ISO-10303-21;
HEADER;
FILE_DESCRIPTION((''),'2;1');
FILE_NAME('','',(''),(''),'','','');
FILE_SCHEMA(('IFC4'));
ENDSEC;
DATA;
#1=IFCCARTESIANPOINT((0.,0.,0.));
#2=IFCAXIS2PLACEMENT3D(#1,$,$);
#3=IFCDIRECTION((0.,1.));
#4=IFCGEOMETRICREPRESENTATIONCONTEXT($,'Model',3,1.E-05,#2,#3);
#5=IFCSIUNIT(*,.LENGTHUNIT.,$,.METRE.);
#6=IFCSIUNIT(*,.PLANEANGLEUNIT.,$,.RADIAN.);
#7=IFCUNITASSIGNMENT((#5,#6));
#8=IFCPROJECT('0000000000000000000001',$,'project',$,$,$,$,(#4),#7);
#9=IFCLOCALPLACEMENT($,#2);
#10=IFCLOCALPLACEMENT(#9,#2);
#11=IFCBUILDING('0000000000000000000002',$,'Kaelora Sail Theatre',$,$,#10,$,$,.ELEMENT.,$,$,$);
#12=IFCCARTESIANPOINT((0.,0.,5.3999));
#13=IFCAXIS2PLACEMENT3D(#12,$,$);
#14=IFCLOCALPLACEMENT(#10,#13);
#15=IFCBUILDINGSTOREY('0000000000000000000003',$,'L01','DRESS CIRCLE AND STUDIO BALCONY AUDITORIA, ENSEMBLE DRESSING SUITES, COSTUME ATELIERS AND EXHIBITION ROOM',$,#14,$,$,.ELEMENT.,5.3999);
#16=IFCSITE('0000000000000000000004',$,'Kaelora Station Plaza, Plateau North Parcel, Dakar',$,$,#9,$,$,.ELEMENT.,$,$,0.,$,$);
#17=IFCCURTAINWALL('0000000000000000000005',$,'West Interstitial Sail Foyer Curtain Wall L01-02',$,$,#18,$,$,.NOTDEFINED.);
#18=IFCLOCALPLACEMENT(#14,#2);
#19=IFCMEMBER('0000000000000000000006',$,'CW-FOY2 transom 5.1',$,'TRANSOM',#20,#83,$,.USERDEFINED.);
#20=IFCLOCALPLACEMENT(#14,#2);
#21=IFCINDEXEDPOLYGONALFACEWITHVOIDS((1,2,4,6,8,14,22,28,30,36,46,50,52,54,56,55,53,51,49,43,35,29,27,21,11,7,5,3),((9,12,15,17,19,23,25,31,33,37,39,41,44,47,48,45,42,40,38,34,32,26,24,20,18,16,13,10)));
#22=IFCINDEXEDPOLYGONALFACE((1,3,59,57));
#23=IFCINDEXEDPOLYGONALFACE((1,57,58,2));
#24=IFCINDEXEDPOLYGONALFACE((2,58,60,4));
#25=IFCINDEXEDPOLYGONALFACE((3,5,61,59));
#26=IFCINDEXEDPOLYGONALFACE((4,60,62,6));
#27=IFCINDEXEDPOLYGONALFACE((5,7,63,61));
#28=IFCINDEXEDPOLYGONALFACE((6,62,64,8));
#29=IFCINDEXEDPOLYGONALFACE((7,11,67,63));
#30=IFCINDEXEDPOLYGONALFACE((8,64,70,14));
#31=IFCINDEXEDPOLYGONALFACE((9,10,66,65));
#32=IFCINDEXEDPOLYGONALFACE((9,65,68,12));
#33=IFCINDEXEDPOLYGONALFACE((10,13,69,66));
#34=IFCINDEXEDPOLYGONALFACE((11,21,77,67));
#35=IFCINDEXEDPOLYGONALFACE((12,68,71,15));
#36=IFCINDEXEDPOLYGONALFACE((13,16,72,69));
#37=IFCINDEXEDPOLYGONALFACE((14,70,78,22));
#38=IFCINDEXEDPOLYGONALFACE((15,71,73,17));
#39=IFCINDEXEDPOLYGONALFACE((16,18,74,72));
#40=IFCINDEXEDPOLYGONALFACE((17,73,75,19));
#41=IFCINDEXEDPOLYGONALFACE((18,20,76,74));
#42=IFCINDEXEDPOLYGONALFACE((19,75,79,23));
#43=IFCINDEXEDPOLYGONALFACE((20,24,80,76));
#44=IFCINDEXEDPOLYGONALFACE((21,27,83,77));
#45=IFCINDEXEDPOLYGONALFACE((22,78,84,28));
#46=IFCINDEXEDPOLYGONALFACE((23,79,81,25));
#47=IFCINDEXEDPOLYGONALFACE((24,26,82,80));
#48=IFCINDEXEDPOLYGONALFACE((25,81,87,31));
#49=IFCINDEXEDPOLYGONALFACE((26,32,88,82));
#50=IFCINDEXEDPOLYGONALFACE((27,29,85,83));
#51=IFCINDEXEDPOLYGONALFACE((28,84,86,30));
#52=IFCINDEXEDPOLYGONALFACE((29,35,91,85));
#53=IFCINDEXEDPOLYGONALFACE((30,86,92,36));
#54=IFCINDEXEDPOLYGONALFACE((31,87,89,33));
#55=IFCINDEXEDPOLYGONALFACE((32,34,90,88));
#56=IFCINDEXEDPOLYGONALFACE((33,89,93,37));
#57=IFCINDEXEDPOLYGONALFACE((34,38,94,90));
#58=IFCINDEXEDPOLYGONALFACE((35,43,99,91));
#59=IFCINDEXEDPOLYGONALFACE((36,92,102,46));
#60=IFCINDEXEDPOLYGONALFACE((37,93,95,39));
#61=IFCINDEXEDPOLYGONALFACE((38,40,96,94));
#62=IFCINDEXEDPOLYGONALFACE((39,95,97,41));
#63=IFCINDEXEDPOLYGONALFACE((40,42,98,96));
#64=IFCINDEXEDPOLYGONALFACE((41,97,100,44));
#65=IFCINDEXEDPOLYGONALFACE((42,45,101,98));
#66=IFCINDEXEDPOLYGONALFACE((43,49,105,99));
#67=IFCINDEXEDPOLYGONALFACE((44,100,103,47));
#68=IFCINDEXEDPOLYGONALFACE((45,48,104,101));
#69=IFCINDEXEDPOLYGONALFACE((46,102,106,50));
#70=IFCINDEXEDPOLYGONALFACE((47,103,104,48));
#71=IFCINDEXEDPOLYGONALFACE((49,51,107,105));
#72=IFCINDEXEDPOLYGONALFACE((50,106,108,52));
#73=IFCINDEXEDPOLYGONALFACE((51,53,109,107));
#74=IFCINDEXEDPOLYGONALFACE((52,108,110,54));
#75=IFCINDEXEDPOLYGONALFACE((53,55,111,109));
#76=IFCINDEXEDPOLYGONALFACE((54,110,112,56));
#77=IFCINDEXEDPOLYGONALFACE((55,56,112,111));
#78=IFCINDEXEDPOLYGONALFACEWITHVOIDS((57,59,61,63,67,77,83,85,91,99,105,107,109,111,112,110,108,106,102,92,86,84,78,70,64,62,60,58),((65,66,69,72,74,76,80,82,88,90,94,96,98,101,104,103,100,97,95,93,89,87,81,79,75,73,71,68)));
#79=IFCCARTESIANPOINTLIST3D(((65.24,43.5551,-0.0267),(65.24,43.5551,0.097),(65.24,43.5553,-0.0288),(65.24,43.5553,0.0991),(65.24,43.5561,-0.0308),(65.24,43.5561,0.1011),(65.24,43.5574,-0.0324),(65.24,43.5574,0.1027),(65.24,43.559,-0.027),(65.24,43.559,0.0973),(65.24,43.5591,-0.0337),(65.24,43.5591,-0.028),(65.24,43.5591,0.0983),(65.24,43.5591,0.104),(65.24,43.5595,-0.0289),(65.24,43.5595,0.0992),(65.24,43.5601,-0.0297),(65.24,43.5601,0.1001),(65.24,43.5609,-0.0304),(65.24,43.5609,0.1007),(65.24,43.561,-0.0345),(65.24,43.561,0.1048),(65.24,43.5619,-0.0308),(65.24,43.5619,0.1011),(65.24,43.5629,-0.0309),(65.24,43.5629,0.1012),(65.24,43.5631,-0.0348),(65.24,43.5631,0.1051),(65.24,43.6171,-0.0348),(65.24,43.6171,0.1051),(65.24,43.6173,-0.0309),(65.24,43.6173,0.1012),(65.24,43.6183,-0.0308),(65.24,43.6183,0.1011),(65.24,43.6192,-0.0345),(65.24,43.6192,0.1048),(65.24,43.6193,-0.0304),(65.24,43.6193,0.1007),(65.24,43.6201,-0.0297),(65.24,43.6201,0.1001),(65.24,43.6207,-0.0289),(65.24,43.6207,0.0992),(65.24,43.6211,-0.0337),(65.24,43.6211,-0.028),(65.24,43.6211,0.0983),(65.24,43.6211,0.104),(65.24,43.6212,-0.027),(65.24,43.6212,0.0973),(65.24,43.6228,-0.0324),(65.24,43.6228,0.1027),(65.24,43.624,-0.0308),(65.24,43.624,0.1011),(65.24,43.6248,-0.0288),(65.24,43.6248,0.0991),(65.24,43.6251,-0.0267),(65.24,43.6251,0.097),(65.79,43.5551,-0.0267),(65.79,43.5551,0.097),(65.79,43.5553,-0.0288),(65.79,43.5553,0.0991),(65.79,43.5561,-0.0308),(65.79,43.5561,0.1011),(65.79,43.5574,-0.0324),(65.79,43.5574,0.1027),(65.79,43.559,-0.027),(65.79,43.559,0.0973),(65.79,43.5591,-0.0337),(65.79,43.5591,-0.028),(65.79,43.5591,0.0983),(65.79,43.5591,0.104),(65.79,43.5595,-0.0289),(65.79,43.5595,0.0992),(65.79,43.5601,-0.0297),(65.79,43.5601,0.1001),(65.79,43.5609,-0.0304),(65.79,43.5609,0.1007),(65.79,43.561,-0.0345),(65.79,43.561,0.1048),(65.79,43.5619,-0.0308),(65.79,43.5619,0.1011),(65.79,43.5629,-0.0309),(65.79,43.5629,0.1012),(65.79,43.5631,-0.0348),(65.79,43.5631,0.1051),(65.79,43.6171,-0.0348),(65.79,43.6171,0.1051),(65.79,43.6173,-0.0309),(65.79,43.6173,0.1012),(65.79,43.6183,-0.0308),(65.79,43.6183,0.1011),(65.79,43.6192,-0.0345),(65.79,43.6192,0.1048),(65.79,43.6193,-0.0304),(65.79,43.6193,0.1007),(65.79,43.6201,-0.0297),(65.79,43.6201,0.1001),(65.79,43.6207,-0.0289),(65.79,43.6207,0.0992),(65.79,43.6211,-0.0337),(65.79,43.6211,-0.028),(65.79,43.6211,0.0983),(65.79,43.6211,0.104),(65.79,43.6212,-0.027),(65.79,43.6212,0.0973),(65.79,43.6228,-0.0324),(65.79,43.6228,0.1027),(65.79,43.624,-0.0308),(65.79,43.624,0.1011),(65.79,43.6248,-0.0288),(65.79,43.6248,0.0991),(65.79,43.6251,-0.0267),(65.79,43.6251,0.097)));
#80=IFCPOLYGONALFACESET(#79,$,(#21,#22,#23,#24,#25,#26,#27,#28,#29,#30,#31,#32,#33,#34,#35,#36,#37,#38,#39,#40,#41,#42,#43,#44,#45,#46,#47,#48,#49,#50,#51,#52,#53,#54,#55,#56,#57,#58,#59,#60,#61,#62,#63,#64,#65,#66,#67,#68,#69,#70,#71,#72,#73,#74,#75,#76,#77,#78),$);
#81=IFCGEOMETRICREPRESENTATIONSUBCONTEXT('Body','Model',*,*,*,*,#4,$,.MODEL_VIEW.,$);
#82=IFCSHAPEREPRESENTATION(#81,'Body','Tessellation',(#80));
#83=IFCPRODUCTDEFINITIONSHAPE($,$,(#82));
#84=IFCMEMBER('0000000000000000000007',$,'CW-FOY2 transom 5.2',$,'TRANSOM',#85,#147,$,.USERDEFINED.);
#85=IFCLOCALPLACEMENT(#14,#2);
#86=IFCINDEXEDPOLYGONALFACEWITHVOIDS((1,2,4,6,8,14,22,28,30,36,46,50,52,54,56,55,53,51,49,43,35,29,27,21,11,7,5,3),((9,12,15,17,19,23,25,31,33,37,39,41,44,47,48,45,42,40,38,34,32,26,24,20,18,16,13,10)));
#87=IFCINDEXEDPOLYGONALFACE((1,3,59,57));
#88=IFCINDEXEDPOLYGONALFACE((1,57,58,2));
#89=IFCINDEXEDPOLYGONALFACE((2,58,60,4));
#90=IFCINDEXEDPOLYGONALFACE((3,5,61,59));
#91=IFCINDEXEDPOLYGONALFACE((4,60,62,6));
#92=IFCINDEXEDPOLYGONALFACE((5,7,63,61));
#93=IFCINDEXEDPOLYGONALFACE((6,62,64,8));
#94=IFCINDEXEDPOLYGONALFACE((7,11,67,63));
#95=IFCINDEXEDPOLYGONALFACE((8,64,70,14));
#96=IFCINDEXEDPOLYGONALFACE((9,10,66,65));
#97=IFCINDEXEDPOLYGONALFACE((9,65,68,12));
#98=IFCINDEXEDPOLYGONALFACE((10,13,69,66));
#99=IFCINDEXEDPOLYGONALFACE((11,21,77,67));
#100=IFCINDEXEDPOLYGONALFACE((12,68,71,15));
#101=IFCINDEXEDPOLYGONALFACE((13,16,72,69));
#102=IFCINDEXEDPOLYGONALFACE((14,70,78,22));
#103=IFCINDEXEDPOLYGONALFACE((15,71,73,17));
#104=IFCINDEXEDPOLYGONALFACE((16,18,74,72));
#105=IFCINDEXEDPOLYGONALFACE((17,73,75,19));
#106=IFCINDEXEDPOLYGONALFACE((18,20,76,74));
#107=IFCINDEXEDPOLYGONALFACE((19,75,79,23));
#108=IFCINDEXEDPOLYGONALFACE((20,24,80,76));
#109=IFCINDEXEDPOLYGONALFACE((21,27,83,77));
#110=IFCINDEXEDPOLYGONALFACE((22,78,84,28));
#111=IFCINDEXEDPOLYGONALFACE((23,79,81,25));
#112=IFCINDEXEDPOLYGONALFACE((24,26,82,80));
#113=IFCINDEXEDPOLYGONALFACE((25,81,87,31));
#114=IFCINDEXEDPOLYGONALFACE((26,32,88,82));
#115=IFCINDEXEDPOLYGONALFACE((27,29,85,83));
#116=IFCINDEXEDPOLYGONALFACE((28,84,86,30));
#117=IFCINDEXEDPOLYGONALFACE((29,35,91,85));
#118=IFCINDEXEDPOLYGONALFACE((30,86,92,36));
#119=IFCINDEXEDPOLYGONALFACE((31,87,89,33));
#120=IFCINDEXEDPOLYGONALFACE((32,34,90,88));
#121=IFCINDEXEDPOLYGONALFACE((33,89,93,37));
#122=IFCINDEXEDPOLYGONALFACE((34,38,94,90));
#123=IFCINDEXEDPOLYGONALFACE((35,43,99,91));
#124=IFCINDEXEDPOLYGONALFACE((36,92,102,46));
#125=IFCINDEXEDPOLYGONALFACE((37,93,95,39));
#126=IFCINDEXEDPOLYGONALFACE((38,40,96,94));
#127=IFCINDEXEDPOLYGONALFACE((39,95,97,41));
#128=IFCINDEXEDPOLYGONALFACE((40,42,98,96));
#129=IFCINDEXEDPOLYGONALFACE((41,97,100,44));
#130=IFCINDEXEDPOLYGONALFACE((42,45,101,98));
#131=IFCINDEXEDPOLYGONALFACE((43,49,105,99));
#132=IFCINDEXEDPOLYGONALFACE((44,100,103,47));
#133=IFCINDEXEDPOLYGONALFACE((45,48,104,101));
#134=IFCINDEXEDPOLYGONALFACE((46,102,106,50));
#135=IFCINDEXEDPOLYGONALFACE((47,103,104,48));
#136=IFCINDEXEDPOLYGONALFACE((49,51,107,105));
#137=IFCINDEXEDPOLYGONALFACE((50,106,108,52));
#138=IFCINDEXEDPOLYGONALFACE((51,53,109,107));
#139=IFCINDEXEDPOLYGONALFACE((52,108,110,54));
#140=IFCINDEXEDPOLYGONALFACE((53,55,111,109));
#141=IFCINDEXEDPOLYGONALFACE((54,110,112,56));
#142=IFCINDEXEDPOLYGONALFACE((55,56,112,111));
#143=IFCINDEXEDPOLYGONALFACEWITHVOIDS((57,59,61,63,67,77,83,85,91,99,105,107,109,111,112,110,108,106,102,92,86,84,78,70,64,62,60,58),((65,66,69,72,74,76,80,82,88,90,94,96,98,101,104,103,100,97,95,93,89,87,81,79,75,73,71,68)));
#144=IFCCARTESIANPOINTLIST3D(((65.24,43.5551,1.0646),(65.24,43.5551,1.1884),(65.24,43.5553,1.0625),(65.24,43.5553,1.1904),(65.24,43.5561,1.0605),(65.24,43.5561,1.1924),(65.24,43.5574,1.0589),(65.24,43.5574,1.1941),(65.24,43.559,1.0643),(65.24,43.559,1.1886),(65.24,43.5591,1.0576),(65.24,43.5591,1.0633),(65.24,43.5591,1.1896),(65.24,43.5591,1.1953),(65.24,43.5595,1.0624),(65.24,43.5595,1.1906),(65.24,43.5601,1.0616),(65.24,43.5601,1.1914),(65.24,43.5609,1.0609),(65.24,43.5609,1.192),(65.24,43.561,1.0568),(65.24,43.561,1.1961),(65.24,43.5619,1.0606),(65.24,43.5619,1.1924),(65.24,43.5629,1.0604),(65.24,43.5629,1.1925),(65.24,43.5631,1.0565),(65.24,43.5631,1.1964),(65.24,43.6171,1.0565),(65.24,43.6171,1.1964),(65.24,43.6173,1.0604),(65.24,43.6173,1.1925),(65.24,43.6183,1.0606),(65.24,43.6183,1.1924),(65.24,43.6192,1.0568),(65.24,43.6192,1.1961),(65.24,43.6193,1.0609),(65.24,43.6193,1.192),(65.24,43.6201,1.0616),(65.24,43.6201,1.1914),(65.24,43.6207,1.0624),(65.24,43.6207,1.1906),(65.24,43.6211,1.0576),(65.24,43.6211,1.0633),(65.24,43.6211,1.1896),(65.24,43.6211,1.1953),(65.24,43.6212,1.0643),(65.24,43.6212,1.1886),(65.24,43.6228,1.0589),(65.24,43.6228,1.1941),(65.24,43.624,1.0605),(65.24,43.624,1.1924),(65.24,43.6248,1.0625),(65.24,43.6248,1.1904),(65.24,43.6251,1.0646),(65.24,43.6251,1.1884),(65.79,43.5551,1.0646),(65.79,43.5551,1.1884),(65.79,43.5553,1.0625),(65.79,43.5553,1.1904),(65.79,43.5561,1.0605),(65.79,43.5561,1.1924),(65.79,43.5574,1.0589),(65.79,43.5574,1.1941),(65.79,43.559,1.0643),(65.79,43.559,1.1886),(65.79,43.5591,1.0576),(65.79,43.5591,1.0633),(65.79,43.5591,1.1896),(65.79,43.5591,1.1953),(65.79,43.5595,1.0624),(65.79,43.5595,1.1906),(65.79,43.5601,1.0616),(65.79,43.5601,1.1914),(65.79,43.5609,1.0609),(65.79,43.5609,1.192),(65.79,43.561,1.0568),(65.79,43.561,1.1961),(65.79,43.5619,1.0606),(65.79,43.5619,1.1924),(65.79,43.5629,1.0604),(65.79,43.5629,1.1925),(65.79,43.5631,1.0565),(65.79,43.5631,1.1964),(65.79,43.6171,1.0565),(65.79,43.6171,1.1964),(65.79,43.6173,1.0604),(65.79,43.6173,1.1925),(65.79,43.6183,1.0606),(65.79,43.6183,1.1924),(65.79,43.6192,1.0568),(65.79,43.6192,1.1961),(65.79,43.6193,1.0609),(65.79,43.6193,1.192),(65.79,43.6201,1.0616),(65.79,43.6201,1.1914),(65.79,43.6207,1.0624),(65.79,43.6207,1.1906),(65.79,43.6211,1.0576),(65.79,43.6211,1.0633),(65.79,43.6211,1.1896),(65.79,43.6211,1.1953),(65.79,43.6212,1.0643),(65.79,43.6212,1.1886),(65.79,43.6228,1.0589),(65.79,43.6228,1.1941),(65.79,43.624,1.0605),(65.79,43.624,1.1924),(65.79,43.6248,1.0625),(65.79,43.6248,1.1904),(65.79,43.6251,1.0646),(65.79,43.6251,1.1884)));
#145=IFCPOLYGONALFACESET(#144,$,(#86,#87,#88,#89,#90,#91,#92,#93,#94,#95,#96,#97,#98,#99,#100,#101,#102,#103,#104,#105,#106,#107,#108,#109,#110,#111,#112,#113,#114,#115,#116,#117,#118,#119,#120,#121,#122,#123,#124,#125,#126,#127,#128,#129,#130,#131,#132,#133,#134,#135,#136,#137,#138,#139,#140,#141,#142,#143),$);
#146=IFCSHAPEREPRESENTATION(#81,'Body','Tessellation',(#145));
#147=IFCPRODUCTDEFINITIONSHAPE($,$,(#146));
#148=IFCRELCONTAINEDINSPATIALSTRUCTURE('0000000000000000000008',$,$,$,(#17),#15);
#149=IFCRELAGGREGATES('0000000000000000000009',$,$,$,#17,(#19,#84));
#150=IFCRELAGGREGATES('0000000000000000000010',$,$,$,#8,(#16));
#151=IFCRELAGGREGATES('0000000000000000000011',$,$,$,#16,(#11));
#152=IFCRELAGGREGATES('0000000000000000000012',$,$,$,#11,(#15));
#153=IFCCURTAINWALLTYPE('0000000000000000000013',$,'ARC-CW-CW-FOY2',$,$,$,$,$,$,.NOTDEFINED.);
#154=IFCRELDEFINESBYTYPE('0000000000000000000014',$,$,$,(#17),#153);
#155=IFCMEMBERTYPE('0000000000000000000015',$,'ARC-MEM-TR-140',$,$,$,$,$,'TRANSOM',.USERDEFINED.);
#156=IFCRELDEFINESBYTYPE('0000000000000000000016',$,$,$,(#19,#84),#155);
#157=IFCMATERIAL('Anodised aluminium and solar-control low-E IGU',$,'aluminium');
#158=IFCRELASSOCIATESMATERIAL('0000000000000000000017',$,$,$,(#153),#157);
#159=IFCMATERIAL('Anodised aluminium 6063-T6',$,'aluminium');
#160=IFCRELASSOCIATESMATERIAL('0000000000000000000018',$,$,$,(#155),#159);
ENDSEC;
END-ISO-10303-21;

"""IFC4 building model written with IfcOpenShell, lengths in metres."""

from ifc_helpers import new_model, si_unit, direction, frame, origin, origin_2d, place, context, subcontext, project, spatial, hollow_rectangle, extrude, material, material_profile, profile_set, type_object, element, aggregate, save


model = new_model("IFC4")

# Units and contexts
model_context = context("Model", 3, precision=1e-05, world=origin(), true_north=direction((0.0, 1.0)))
body_context = subcontext(model_context, "Body", "Model", "MODEL_VIEW")
ifc_project = project(units=[si_unit("LENGTHUNIT", "METRE"), si_unit("PLANEANGLEUNIT", "RADIAN")], contexts=[model_context])

# Site, building, storey
site_placement = place(None, origin())
site = spatial("IfcSite", under=ifc_project, at=site_placement, Name="Kaelora Station Plaza, Plateau North Parcel, Dakar", CompositionType="ELEMENT", RefElevation=0.0)
building_placement = place(site_placement, origin())
building = spatial("IfcBuilding", under=site, at=building_placement, Name="Kaelora Sail Theatre", CompositionType="ELEMENT")
storey_placement = place(building_placement, frame((0.0, 0.0, 5.3999)))
storey = spatial("IfcBuildingStorey", under=building, at=storey_placement, Name="L01", Description="DRESS CIRCLE AND STUDIO BALCONY AUDITORIA, ENSEMBLE DRESSING SUITES, COSTUME ATELIERS AND EXHIBITION ROOM", CompositionType="ELEMENT", Elevation=5.3999)

# Curtain wall
ifc_material_1 = material(Name="Anodised aluminium and solar-control low-E IGU", Category="aluminium")
curtain_wall_type = type_object("IfcCurtainWallType", Name="ARC-CW-CW-FOY2", PredefinedType="NOTDEFINED", material=ifc_material_1)
curtain_wall_1_placement = place(storey_placement, origin())
curtain_wall_1 = element("IfcCurtainWall", 1, at=curtain_wall_1_placement, inside=storey, type_object=curtain_wall_type, Name="West Interstitial Sail Foyer Curtain Wall L01-02", PredefinedType="NOTDEFINED")

# Members
ifc_material_2 = material(Name="Anodised aluminium 6063-T6", Category="aluminium")
ifc_material_profile_1 = material_profile(ifc_material_2, hollow_rectangle(XDim=0.0701, YDim=0.1399, WallThickness=0.0039, InnerFilletRadius=0.0039, OuterFilletRadius=0.0081, at=origin_2d()), Name="ALU-TRAN 70x140x4")
ifc_profile_set_1 = profile_set([ifc_material_profile_1], Name="Anodised aluminium 6063-T6")
member_type_1 = type_object("IfcMemberType", Name="ARC-MEM-TR-140", ElementType="TRANSOM", PredefinedType="USERDEFINED", material=ifc_profile_set_1)
member_1_placement = place(storey_placement, frame((65.24, 43.5901, 0.0352), z_axis=(1.0, 0.0, 0.0), x_axis=(0.0, 1.0, 0.0)))
member_1 = element("IfcMember", 2, at=member_1_placement, type_object=member_type_1, Name="CW-FOY2 transom 5.1", ObjectType="TRANSOM", PredefinedType="USERDEFINED", context=body_context, shape_type="SweptSolid", body=[
    extrude(hollow_rectangle(XDim=0.0701, YDim=0.1399, WallThickness=0.0039, InnerFilletRadius=0.0039, OuterFilletRadius=0.0081, at=origin_2d()), origin(), (0.0, 0.0, 1.0), 0.55),
])
member_2_placement = place(storey_placement, frame((65.24, 43.5901, 1.1265), z_axis=(1.0, 0.0, 0.0), x_axis=(0.0, 1.0, 0.0)))
member_2 = element("IfcMember", 3, at=member_2_placement, type_object=member_type_1, Name="CW-FOY2 transom 5.2", ObjectType="TRANSOM", PredefinedType="USERDEFINED", context=body_context, shape_type="SweptSolid", body=[
    extrude(hollow_rectangle(XDim=0.0701, YDim=0.1399, WallThickness=0.0039, InnerFilletRadius=0.0039, OuterFilletRadius=0.0081, at=origin_2d()), origin(), (0.0, 0.0, 1.0), 0.55),
])

aggregate(curtain_wall_1, [member_1, member_2])

save(model, "model.ifc")
